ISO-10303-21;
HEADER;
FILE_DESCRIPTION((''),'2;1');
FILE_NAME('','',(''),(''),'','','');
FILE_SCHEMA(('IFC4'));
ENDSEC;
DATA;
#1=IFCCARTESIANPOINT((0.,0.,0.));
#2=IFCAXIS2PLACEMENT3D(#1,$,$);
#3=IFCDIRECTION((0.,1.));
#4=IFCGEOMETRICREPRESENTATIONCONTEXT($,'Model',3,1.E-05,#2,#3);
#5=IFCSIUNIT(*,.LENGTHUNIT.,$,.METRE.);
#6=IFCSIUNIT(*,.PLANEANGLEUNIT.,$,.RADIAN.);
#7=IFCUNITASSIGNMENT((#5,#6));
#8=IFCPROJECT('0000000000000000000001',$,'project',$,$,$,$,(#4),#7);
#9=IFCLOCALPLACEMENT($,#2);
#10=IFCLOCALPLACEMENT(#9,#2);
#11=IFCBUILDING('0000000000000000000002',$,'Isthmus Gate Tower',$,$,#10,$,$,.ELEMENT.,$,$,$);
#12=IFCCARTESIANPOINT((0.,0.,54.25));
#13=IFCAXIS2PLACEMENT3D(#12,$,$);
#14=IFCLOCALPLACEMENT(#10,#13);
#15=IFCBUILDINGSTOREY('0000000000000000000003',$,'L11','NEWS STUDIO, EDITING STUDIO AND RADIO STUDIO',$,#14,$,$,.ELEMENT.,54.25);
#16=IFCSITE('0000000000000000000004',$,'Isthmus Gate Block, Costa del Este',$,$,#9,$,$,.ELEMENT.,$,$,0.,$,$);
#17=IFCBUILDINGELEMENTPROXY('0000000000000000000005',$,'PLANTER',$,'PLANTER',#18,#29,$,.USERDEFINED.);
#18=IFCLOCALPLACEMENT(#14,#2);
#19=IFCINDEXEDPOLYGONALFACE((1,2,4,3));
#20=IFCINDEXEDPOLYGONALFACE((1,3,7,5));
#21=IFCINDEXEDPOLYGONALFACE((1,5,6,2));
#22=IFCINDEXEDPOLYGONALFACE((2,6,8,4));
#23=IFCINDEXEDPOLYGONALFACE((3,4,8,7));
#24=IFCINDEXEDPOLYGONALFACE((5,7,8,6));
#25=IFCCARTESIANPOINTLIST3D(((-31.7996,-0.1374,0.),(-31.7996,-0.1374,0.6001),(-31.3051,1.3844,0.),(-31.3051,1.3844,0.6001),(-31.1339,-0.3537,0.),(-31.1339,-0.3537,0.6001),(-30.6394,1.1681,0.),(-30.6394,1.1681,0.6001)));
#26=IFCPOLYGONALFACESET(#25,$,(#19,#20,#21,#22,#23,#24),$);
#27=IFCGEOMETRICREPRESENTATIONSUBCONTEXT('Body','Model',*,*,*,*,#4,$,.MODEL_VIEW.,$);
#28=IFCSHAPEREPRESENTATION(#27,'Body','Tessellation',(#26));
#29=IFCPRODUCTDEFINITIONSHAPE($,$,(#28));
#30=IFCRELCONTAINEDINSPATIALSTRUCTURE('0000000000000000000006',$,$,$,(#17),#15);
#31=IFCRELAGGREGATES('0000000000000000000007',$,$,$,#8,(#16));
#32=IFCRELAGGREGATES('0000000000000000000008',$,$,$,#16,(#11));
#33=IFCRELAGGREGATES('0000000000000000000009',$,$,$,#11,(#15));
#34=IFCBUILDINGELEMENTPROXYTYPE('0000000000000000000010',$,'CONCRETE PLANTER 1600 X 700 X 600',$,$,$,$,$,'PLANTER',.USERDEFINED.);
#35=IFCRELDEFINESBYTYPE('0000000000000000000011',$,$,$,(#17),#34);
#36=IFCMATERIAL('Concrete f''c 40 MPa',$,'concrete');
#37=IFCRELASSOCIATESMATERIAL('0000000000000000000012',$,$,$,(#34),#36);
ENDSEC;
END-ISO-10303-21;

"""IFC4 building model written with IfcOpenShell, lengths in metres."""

from ifc_helpers import new_model, si_unit, direction, frame, origin, origin_2d, place, context, subcontext, project, spatial, rectangle, extrude, material, type_object, element, save


model = new_model("IFC4")

# Units and contexts
model_context = context("Model", 3, precision=1e-05, world=origin(), true_north=direction((0.0, 1.0)))
body_context = subcontext(model_context, "Body", "Model", "MODEL_VIEW")
ifc_project = project(units=[si_unit("LENGTHUNIT", "METRE"), si_unit("PLANEANGLEUNIT", "RADIAN")], contexts=[model_context])

# Site, building, storey
site_placement = place(None, origin())
site = spatial("IfcSite", under=ifc_project, at=site_placement, Name="Isthmus Gate Block, Costa del Este", CompositionType="ELEMENT", RefElevation=0.0)
building_placement = place(site_placement, origin())
building = spatial("IfcBuilding", under=site, at=building_placement, Name="Isthmus Gate Tower", CompositionType="ELEMENT")
storey_placement = place(building_placement, frame((0.0, 0.0, 54.25)))
storey = spatial("IfcBuildingStorey", under=building, at=storey_placement, Name="L11", Description="NEWS STUDIO, EDITING STUDIO AND RADIO STUDIO", CompositionType="ELEMENT", Elevation=54.25)

# Building element proxy
ifc_material_1 = material(Name="Concrete f'c 40 MPa", Category="concrete")
building_element_proxy_type = type_object("IfcBuildingElementProxyType", Name="CONCRETE PLANTER 1600 X 700 X 600", ElementType="PLANTER", PredefinedType="USERDEFINED", material=ifc_material_1)
for number, where, z_axis, x_axis, name in (
    (1, (-31.2195, 0.5154, 0.0), (0.0, 0.0, 1.0), (-0.309017, -0.951057, 0.0), "PLANTER"),
):
    element("IfcBuildingElementProxy", number, at=place(storey_placement, frame(where, z_axis=z_axis, x_axis=x_axis)), inside=storey, type_object=building_element_proxy_type, Name=name, ObjectType="PLANTER", PredefinedType="USERDEFINED", context=body_context, shape_type="SweptSolid", body=[
        extrude(rectangle(XDim=1.6001, YDim=0.7, at=origin_2d()), origin(), (0.0, 0.0, 1.0), 0.6001),
    ])

save(model, "model.ifc")
